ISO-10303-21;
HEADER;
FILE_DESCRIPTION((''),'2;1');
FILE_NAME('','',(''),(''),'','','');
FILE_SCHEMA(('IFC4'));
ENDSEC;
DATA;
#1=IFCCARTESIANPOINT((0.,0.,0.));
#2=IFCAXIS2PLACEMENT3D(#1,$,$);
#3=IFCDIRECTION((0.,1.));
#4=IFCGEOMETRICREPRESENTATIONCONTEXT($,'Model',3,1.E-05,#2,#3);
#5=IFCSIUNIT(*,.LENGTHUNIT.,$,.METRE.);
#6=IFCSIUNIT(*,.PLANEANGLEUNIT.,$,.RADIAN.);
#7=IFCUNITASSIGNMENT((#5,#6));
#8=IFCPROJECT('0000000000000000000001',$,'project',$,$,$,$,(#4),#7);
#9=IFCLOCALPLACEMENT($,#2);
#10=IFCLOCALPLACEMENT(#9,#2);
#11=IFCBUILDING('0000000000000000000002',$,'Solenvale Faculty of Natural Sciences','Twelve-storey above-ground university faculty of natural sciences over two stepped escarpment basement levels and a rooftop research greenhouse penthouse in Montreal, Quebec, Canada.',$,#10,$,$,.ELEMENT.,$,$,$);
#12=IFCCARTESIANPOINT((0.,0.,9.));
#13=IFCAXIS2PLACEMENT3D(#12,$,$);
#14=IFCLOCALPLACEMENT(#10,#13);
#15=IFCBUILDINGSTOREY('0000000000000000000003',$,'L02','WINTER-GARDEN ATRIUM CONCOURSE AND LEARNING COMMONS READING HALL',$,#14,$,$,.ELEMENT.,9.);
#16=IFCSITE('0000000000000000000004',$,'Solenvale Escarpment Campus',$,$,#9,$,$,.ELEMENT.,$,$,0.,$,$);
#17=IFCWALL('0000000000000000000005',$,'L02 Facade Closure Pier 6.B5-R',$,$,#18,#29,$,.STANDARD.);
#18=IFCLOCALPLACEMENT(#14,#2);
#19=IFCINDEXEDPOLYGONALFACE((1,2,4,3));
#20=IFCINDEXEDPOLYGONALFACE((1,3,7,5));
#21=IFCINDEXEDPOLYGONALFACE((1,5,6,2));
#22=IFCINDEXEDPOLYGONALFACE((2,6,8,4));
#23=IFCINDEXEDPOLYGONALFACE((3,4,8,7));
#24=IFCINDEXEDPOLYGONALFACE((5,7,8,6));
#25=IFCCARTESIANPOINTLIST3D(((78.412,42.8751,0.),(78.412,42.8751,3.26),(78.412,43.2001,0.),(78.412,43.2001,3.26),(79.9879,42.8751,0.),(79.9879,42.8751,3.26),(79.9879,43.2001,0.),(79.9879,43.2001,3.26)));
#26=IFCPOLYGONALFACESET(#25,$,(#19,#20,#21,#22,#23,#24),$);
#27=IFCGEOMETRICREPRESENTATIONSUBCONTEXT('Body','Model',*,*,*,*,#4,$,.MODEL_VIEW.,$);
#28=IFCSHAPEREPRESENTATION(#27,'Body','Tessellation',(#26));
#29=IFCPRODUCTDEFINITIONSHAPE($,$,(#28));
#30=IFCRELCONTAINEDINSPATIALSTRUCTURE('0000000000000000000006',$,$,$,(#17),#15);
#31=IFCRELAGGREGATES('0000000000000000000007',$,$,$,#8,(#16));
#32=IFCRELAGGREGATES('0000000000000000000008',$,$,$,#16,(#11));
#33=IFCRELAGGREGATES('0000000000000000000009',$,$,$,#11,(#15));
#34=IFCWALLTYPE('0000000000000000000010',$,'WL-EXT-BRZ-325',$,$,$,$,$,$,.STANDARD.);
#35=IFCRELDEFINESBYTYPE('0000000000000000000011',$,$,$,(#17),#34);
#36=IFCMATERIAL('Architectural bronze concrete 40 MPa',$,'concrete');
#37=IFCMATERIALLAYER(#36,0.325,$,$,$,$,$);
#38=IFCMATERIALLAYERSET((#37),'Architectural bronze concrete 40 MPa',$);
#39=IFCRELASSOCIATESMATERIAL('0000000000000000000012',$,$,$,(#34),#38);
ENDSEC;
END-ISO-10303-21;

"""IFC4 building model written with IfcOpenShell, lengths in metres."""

from ifc_helpers import new_model, si_unit, direction, frame, frame_2d, origin, place, context, subcontext, project, spatial, rectangle, extrude, material, layer, layer_set, type_object, element, save


model = new_model("IFC4")

# Units and contexts
model_context = context("Model", 3, precision=1e-05, world=origin(), true_north=direction((0.0, 1.0)))
body_context = subcontext(model_context, "Body", "Model", "MODEL_VIEW")
ifc_project = project(units=[si_unit("LENGTHUNIT", "METRE"), si_unit("PLANEANGLEUNIT", "RADIAN")], contexts=[model_context])

# Site, building, storey
site_placement = place(None, origin())
site = spatial("IfcSite", under=ifc_project, at=site_placement, Name="Solenvale Escarpment Campus", CompositionType="ELEMENT", RefElevation=0.0)
building_placement = place(site_placement, origin())
building = spatial("IfcBuilding", under=site, at=building_placement, Name="Solenvale Faculty of Natural Sciences", Description="Twelve-storey above-ground university faculty of natural sciences over two stepped escarpment basement levels and a rooftop research greenhouse penthouse in Montreal, Quebec, Canada.", CompositionType="ELEMENT")
storey_placement = place(building_placement, frame((0.0, 0.0, 9.0)))
storey = spatial("IfcBuildingStorey", under=building, at=storey_placement, Name="L02", Description="WINTER-GARDEN ATRIUM CONCOURSE AND LEARNING COMMONS READING HALL", CompositionType="ELEMENT", Elevation=9.0)

# Wall
ifc_material_1 = material(Name="Architectural bronze concrete 40 MPa", Category="concrete")
ifc_layer_1 = layer(ifc_material_1, 0.325)
ifc_layer_set_1 = layer_set([ifc_layer_1], Name="Architectural bronze concrete 40 MPa")
wall_type = type_object("IfcWallType", Name="WL-EXT-BRZ-325", PredefinedType="STANDARD", material=ifc_layer_set_1)
wall_placement = place(storey_placement, frame((79.988, 43.0376, 0.0), z_axis=(0.0, 0.0, 1.0), x_axis=(-1.0, 0.0, 0.0)))
element("IfcWall", 1, at=wall_placement, inside=storey, type_object=wall_type, Name="L02 Facade Closure Pier 6.B5-R", PredefinedType="STANDARD", context=body_context, shape_type="SweptSolid", body=[
    extrude(rectangle(XDim=1.5759, YDim=0.325, at=frame_2d((0.7881, 0.0))), origin(), (0.0, 0.0, 1.0), 3.26),
])

save(model, "model.ifc")
